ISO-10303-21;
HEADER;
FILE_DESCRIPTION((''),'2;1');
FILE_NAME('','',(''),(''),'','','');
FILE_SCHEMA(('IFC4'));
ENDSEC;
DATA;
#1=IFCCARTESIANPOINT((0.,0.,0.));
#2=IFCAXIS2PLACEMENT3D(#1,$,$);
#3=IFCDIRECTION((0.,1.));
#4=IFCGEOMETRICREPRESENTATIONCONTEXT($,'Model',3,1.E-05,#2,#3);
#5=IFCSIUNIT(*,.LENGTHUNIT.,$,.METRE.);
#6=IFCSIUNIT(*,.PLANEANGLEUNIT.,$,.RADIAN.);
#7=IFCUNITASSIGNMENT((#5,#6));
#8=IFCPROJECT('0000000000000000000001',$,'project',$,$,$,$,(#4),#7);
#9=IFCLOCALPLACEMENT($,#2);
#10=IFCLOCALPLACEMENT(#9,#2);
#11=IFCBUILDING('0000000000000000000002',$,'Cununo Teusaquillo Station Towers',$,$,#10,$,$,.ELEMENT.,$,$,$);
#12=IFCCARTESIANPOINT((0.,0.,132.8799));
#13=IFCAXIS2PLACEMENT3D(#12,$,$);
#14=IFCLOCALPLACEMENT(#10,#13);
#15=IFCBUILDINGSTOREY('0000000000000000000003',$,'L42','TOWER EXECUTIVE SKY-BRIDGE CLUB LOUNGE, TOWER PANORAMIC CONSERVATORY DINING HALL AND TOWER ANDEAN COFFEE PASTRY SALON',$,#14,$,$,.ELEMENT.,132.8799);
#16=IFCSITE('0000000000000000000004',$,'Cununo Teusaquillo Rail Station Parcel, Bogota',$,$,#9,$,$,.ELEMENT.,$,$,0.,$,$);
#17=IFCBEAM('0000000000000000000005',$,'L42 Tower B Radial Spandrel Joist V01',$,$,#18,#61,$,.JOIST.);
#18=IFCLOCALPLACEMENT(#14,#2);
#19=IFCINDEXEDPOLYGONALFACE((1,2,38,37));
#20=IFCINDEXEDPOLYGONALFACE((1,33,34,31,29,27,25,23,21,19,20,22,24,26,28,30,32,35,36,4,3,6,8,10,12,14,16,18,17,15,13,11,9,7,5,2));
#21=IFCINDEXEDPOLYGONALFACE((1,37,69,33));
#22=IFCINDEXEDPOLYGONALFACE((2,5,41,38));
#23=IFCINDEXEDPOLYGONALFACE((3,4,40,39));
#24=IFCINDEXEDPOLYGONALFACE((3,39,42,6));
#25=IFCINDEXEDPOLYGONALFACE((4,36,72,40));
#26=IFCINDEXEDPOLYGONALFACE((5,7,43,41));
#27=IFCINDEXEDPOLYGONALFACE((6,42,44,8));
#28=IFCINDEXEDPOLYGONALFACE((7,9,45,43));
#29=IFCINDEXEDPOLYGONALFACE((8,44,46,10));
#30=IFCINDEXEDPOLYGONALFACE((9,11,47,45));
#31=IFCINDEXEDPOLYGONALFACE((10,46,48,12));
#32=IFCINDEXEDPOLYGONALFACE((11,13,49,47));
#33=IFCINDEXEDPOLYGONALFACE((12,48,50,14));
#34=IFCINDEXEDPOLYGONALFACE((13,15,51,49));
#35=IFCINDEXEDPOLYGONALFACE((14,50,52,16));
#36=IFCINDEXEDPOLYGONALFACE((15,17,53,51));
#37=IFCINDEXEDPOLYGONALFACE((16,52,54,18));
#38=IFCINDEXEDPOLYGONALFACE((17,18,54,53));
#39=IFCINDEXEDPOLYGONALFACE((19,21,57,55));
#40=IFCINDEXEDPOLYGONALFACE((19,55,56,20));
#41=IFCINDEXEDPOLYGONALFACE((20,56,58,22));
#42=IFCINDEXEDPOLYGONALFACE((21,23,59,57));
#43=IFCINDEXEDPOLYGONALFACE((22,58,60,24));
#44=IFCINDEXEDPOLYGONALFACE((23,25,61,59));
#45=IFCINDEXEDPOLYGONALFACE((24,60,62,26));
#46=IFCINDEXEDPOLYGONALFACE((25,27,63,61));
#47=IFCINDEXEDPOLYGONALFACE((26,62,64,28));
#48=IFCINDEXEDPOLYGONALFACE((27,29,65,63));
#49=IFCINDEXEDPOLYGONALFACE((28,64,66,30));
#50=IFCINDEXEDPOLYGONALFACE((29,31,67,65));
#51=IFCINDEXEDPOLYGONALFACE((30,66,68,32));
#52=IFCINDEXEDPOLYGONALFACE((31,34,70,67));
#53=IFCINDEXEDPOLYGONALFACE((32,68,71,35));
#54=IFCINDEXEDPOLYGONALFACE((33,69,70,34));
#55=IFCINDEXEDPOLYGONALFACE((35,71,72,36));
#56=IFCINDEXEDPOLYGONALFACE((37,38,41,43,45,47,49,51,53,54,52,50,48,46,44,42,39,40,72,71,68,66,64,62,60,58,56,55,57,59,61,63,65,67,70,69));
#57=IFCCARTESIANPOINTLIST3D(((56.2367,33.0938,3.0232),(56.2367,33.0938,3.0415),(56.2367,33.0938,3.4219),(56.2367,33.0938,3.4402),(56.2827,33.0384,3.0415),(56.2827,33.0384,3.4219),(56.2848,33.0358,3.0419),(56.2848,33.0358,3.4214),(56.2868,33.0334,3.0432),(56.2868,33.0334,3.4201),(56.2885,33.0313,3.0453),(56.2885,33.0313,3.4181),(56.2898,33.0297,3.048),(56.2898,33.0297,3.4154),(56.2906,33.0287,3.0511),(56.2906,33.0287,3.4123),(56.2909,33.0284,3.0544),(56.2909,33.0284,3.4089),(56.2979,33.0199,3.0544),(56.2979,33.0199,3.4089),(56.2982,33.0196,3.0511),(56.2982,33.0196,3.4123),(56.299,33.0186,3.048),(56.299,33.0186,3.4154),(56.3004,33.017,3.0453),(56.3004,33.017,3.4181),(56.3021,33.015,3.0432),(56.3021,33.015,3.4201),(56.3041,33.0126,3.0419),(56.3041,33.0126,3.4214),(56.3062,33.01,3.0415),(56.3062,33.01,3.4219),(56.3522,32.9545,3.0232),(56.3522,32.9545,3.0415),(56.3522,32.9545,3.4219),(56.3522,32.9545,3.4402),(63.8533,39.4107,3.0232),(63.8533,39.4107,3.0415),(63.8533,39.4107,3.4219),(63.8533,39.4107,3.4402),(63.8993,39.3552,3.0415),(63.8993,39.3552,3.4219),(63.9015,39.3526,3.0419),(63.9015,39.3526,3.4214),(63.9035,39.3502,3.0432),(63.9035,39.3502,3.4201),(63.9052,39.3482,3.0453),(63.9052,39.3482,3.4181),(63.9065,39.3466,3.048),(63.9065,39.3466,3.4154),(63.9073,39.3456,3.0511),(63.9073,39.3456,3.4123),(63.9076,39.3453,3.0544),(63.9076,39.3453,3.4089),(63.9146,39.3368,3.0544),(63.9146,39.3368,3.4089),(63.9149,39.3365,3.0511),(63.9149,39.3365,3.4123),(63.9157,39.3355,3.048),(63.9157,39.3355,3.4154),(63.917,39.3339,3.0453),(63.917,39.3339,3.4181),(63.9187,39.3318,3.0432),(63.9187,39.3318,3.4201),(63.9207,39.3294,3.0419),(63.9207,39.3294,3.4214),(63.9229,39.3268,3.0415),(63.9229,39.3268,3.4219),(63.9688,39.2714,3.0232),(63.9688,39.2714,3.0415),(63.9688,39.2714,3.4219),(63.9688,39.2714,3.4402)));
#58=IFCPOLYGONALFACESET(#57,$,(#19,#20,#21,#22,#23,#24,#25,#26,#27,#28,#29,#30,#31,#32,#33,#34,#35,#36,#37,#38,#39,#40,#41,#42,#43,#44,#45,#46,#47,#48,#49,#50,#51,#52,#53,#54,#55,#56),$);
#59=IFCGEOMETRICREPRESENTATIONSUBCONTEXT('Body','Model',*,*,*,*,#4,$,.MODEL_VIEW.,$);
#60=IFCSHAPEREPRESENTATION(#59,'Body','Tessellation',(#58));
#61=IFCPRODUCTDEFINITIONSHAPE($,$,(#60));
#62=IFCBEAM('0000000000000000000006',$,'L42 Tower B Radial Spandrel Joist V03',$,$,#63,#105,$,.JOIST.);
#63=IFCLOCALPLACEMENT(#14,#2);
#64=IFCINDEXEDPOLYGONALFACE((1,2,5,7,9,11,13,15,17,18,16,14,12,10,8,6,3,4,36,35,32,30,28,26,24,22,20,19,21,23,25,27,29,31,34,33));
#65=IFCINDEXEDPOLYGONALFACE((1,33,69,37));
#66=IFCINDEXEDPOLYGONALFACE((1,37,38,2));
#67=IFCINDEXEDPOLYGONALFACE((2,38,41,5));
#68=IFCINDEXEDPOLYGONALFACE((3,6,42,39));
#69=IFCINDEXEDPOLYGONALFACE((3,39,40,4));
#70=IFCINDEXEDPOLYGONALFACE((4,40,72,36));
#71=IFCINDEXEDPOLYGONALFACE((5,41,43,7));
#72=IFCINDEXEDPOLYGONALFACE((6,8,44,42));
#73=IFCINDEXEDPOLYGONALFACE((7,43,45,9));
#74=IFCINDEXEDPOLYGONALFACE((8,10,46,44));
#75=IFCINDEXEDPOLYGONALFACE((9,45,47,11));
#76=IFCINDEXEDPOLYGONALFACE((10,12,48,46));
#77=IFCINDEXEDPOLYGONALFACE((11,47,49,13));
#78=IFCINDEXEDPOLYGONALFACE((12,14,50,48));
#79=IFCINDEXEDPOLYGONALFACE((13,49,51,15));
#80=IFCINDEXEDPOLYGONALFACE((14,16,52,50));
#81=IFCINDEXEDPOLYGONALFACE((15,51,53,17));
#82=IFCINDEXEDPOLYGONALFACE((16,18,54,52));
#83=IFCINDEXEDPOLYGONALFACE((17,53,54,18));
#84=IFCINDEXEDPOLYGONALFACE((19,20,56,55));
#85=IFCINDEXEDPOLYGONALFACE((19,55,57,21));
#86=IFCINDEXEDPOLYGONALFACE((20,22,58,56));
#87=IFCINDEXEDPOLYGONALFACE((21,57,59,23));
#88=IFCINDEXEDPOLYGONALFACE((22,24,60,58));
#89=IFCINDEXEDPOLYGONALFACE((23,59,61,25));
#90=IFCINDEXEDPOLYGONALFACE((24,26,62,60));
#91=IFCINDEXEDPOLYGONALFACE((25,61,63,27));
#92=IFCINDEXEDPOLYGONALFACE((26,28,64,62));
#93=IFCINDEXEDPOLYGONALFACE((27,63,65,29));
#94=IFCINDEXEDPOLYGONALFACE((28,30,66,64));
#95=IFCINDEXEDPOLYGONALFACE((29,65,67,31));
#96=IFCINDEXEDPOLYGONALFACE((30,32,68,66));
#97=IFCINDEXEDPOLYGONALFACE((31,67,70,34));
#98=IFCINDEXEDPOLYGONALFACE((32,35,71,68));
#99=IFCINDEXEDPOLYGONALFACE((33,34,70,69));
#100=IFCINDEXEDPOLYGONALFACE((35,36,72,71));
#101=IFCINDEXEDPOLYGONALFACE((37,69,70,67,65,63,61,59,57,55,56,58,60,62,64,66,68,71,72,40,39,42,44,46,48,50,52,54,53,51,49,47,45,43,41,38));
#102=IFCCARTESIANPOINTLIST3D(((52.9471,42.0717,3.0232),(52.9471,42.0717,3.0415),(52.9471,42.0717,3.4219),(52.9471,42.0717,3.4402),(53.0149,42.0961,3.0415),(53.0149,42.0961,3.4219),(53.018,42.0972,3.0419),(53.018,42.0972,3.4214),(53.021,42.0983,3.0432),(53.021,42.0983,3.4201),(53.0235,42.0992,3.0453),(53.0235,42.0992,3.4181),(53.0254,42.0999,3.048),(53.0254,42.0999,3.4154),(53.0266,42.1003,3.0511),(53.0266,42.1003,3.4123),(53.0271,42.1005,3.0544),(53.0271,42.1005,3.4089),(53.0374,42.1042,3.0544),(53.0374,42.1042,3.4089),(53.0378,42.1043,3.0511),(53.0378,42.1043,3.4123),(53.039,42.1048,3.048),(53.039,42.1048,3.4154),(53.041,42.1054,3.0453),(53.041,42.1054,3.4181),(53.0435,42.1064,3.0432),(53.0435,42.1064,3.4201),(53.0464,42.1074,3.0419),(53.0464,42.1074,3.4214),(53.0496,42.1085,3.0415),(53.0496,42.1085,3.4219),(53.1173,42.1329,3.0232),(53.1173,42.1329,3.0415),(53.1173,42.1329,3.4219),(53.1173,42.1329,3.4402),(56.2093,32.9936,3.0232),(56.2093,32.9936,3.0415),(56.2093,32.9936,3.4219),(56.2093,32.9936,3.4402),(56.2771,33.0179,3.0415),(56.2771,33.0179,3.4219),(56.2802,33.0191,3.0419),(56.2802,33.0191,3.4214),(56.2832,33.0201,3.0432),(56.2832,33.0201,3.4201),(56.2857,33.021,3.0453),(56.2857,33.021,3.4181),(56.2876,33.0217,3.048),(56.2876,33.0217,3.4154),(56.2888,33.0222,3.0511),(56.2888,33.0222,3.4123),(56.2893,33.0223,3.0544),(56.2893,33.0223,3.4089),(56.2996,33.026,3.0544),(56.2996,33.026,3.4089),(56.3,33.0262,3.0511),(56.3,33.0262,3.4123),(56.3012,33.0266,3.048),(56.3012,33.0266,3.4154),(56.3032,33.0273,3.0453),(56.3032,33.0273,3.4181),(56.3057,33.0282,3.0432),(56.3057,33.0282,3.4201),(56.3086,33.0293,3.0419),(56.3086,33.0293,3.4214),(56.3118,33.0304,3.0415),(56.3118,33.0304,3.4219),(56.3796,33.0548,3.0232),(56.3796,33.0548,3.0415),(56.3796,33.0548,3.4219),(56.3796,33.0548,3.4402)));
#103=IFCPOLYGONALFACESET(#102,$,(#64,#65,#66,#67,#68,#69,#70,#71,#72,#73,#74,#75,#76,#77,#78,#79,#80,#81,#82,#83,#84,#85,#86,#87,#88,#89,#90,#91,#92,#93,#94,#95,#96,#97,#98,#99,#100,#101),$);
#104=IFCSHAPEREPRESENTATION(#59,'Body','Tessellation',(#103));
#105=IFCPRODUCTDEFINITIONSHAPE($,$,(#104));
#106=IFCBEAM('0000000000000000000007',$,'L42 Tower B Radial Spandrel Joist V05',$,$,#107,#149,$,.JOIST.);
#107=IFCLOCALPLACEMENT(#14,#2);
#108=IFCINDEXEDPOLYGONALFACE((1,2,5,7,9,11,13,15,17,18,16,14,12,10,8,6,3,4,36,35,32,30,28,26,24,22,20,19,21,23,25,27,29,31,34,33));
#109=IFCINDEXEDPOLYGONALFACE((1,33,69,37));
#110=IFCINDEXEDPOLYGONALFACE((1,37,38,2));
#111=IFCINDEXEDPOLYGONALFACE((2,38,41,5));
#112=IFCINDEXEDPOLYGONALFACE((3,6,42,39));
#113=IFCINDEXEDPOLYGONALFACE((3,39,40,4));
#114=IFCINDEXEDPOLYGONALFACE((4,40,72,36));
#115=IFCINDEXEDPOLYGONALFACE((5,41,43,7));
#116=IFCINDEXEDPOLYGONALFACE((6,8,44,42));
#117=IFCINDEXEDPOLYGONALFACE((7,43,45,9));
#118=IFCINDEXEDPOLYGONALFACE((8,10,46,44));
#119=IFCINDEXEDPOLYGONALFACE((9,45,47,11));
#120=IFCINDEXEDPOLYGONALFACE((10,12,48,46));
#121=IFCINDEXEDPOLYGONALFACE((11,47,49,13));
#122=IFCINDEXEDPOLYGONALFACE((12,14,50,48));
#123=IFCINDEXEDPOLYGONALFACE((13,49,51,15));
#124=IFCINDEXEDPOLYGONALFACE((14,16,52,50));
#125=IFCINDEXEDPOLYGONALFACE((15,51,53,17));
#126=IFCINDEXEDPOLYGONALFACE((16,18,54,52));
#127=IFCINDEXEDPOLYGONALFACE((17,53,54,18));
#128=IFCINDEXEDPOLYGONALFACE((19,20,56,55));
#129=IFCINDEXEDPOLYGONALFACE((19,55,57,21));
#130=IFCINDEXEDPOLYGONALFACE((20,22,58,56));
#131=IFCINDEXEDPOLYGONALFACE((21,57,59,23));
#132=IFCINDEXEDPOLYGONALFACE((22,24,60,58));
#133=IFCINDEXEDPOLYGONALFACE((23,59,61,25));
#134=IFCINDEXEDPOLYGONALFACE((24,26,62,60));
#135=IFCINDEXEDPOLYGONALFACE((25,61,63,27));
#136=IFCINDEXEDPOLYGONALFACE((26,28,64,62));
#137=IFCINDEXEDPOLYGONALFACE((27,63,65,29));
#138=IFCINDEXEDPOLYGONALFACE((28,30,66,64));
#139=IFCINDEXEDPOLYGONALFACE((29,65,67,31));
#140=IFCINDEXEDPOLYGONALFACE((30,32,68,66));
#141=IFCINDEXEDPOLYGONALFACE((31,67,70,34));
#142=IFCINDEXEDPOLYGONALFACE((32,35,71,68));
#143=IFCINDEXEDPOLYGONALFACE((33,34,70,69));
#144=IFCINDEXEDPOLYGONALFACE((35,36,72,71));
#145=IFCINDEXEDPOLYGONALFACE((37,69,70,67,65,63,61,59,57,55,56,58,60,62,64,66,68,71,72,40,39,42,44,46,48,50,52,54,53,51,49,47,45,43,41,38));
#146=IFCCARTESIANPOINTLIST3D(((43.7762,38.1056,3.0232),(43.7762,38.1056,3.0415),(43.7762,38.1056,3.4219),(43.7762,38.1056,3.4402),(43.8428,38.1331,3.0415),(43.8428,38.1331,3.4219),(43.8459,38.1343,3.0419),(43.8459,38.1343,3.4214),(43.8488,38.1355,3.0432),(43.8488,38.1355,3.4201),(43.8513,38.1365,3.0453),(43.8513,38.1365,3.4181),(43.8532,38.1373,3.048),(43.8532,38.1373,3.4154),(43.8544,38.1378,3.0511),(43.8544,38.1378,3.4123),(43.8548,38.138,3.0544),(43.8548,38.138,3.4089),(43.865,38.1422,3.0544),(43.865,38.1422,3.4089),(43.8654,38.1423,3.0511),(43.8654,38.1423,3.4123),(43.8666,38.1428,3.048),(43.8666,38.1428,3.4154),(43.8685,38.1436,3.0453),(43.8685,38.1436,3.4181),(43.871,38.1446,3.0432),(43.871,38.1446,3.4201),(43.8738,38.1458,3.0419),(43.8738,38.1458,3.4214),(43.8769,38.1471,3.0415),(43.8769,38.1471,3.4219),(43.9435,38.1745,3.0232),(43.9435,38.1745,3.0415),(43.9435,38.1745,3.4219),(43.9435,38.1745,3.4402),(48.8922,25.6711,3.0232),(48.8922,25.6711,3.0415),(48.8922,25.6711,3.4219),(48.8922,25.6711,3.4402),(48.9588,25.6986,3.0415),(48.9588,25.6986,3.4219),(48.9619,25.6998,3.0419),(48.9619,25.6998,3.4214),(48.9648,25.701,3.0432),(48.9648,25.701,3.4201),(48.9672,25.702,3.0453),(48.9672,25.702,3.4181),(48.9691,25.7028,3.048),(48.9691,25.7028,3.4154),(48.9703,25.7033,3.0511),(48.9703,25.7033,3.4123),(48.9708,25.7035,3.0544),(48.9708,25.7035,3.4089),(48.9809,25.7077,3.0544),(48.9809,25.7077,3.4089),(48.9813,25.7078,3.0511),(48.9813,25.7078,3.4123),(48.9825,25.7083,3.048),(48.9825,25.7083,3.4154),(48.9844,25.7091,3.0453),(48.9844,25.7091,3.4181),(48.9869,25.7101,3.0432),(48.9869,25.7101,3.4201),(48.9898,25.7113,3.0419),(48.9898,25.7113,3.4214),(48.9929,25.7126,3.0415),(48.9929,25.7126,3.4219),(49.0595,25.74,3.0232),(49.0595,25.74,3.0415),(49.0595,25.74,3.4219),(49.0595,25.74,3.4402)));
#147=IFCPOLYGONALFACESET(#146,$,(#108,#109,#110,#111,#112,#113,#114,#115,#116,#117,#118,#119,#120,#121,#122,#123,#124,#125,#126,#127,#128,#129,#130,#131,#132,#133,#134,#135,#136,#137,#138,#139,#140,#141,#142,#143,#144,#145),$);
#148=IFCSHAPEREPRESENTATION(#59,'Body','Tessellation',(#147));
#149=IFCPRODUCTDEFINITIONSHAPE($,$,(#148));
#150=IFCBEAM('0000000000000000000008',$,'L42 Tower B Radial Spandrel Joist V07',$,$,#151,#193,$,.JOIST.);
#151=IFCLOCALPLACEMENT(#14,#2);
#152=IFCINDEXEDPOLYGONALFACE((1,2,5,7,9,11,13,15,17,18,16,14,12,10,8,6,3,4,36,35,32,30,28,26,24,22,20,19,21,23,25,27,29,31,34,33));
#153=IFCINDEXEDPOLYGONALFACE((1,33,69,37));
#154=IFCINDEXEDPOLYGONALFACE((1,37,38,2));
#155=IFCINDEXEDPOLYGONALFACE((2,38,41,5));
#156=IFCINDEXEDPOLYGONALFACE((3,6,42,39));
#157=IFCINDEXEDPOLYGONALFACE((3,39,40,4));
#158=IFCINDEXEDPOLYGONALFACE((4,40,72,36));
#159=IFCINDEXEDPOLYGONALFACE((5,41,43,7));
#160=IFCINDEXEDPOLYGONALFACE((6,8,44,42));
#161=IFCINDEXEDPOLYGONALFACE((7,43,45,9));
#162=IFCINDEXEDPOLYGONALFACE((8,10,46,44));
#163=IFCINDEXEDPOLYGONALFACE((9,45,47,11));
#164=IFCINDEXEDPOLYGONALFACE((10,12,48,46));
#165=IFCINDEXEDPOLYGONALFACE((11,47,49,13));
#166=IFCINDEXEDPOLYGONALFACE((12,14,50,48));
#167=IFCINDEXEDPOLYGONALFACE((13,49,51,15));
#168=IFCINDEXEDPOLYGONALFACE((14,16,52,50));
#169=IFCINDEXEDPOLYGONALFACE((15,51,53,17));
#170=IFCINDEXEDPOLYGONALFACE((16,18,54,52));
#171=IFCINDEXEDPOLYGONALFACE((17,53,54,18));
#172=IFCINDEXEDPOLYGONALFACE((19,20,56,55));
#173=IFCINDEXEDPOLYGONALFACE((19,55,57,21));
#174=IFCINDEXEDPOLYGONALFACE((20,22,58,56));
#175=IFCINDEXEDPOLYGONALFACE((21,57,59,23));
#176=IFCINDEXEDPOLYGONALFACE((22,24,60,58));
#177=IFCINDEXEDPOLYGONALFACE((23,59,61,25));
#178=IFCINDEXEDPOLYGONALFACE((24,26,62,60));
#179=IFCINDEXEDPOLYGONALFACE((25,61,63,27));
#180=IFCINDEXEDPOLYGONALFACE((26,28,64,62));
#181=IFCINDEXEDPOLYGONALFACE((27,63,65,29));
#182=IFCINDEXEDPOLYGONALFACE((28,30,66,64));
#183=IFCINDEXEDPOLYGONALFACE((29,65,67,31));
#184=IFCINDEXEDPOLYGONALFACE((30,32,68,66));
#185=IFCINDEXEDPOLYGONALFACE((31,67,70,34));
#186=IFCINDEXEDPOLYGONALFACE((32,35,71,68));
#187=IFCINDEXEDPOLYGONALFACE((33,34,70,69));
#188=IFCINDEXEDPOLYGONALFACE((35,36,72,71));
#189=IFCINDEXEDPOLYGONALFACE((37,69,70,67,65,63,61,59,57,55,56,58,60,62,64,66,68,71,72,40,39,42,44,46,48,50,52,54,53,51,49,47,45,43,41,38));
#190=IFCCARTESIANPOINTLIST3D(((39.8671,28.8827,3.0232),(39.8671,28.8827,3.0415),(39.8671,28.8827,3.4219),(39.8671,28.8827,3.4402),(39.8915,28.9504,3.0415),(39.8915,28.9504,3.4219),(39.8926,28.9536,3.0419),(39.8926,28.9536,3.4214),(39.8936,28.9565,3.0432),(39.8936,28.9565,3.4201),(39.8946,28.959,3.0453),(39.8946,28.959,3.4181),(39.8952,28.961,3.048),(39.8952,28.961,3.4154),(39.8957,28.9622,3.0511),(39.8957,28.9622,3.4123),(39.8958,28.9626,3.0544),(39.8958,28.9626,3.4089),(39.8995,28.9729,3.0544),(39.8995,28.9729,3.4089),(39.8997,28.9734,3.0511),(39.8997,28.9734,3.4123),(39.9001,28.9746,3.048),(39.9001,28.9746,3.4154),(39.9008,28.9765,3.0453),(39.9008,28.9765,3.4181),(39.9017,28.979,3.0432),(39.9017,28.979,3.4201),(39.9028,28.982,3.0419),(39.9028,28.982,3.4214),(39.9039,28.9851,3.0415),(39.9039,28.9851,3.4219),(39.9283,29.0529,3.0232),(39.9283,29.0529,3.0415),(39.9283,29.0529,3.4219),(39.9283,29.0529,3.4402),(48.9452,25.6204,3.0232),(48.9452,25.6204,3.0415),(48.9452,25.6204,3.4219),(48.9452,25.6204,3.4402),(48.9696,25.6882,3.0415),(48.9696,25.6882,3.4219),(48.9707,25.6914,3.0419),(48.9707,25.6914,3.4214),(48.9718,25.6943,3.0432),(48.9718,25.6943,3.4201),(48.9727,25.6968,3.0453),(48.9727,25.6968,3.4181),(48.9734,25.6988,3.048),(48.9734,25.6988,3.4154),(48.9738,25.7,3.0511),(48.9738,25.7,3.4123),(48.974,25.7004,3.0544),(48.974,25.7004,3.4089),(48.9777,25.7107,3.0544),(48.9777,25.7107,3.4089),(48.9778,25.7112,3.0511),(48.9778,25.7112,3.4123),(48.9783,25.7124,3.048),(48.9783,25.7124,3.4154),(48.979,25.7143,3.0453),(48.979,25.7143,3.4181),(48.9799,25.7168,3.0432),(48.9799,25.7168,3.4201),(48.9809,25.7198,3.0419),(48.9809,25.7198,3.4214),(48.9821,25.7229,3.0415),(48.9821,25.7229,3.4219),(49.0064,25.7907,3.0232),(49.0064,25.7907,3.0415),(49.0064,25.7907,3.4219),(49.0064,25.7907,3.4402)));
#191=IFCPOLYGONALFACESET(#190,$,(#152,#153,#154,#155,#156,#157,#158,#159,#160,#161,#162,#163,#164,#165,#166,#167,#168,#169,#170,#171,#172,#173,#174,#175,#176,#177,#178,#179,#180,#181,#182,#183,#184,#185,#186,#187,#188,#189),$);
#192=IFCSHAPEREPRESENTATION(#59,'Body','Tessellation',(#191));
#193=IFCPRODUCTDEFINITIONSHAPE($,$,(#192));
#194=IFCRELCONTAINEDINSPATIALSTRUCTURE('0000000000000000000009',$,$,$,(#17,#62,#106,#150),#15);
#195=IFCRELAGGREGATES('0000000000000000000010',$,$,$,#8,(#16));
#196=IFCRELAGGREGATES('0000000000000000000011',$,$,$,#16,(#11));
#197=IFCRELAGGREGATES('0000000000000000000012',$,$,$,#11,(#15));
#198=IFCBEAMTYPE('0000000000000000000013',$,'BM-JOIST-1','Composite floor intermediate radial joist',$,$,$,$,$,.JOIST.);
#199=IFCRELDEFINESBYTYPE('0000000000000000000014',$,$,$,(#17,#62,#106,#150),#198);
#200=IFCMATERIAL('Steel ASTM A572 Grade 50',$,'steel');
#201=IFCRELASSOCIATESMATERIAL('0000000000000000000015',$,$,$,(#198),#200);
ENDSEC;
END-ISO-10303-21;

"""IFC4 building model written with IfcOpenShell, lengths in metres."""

from ifc_helpers import new_model, si_unit, direction, frame, origin, origin_2d, place, context, subcontext, project, spatial, i_section, extrude, material, material_profile, profile_set, type_object, element, save


model = new_model("IFC4")

# Units and contexts
model_context = context("Model", 3, precision=1e-05, world=origin(), true_north=direction((0.0, 1.0)))
body_context = subcontext(model_context, "Body", "Model", "MODEL_VIEW")
ifc_project = project(units=[si_unit("LENGTHUNIT", "METRE"), si_unit("PLANEANGLEUNIT", "RADIAN")], contexts=[model_context])

# Site, building, storey
site_placement = place(None, origin())
site = spatial("IfcSite", under=ifc_project, at=site_placement, Name="Cununo Teusaquillo Rail Station Parcel, Bogota", CompositionType="ELEMENT", RefElevation=0.0)
building_placement = place(site_placement, origin())
building = spatial("IfcBuilding", under=site, at=building_placement, Name="Cununo Teusaquillo Station Towers", CompositionType="ELEMENT")
storey_placement = place(building_placement, frame((0.0, 0.0, 132.8799)))
storey = spatial("IfcBuildingStorey", under=building, at=storey_placement, Name="L42", Description="TOWER EXECUTIVE SKY-BRIDGE CLUB LOUNGE, TOWER PANORAMIC CONSERVATORY DINING HALL AND TOWER ANDEAN COFFEE PASTRY SALON", CompositionType="ELEMENT", Elevation=132.8799)

# Beams
ifc_material_1 = material(Name="Steel ASTM A572 Grade 50", Category="steel")
ifc_material_profile_1 = material_profile(ifc_material_1, i_section(OverallWidth=0.1809, OverallDepth=0.417, WebThickness=0.011, FlangeThickness=0.0183, FilletRadius=0.0129, at=origin_2d()), Name="W16X57")
ifc_profile_set_1 = profile_set([ifc_material_profile_1], Name="Steel ASTM A572 Grade 50")
beam_type_1 = type_object("IfcBeamType", Name="BM-JOIST-1", Description="Composite floor intermediate radial joist", PredefinedType="JOIST", material=ifc_profile_set_1)
beam_1_placement = place(storey_placement, frame((56.2944, 33.0242, 3.2317), z_axis=(0.769728, 0.638372, 0.0), x_axis=(-0.638372, 0.769728, 0.0)))
element("IfcBeam", 1, at=beam_1_placement, inside=storey, type_object=beam_type_1, Name="L42 Tower B Radial Spandrel Joist V01", PredefinedType="JOIST", context=body_context, shape_type="SweptSolid", body=[
    extrude(i_section(OverallWidth=0.1809, OverallDepth=0.417, WebThickness=0.011, FlangeThickness=0.0183, FilletRadius=0.0129, at=origin_2d()), origin(), (0.0, 0.0, 1.0), 9.8953),
])
beam_2_placement = place(storey_placement, frame((56.2944, 33.0242, 3.2317), z_axis=(-0.338176, 0.941083, 0.0), x_axis=(-0.941083, -0.338176, 0.0)))
element("IfcBeam", 2, at=beam_2_placement, inside=storey, type_object=beam_type_1, Name="L42 Tower B Radial Spandrel Joist V03", PredefinedType="JOIST", context=body_context, shape_type="SweptSolid", body=[
    extrude(i_section(OverallWidth=0.1809, OverallDepth=0.417, WebThickness=0.011, FlangeThickness=0.0183, FilletRadius=0.0129, at=origin_2d()), origin(), (0.0, 0.0, 1.0), 9.6465),
])
beam_3_placement = place(storey_placement, frame((48.9758, 25.7056, 3.2317), z_axis=(-0.380486, 0.924787, 0.0), x_axis=(-0.924787, -0.380486, 0.0)))
element("IfcBeam", 3, at=beam_3_placement, inside=storey, type_object=beam_type_1, Name="L42 Tower B Radial Spandrel Joist V05", PredefinedType="JOIST", context=body_context, shape_type="SweptSolid", body=[
    extrude(i_section(OverallWidth=0.1809, OverallDepth=0.417, WebThickness=0.011, FlangeThickness=0.0183, FilletRadius=0.0129, at=origin_2d()), origin(), (0.0, 0.0, 1.0), 13.4458),
])
beam_4_placement = place(storey_placement, frame((48.9758, 25.7056, 3.2317), z_axis=(-0.941083, 0.338176, 0.0), x_axis=(-0.338176, -0.941083, 0.0)))
element("IfcBeam", 4, at=beam_4_placement, inside=storey, type_object=beam_type_1, Name="L42 Tower B Radial Spandrel Joist V07", PredefinedType="JOIST", context=body_context, shape_type="SweptSolid", body=[
    extrude(i_section(OverallWidth=0.1809, OverallDepth=0.417, WebThickness=0.011, FlangeThickness=0.0183, FilletRadius=0.0129, at=origin_2d()), origin(), (0.0, 0.0, 1.0), 9.6465),
])

save(model, "model.ifc")
